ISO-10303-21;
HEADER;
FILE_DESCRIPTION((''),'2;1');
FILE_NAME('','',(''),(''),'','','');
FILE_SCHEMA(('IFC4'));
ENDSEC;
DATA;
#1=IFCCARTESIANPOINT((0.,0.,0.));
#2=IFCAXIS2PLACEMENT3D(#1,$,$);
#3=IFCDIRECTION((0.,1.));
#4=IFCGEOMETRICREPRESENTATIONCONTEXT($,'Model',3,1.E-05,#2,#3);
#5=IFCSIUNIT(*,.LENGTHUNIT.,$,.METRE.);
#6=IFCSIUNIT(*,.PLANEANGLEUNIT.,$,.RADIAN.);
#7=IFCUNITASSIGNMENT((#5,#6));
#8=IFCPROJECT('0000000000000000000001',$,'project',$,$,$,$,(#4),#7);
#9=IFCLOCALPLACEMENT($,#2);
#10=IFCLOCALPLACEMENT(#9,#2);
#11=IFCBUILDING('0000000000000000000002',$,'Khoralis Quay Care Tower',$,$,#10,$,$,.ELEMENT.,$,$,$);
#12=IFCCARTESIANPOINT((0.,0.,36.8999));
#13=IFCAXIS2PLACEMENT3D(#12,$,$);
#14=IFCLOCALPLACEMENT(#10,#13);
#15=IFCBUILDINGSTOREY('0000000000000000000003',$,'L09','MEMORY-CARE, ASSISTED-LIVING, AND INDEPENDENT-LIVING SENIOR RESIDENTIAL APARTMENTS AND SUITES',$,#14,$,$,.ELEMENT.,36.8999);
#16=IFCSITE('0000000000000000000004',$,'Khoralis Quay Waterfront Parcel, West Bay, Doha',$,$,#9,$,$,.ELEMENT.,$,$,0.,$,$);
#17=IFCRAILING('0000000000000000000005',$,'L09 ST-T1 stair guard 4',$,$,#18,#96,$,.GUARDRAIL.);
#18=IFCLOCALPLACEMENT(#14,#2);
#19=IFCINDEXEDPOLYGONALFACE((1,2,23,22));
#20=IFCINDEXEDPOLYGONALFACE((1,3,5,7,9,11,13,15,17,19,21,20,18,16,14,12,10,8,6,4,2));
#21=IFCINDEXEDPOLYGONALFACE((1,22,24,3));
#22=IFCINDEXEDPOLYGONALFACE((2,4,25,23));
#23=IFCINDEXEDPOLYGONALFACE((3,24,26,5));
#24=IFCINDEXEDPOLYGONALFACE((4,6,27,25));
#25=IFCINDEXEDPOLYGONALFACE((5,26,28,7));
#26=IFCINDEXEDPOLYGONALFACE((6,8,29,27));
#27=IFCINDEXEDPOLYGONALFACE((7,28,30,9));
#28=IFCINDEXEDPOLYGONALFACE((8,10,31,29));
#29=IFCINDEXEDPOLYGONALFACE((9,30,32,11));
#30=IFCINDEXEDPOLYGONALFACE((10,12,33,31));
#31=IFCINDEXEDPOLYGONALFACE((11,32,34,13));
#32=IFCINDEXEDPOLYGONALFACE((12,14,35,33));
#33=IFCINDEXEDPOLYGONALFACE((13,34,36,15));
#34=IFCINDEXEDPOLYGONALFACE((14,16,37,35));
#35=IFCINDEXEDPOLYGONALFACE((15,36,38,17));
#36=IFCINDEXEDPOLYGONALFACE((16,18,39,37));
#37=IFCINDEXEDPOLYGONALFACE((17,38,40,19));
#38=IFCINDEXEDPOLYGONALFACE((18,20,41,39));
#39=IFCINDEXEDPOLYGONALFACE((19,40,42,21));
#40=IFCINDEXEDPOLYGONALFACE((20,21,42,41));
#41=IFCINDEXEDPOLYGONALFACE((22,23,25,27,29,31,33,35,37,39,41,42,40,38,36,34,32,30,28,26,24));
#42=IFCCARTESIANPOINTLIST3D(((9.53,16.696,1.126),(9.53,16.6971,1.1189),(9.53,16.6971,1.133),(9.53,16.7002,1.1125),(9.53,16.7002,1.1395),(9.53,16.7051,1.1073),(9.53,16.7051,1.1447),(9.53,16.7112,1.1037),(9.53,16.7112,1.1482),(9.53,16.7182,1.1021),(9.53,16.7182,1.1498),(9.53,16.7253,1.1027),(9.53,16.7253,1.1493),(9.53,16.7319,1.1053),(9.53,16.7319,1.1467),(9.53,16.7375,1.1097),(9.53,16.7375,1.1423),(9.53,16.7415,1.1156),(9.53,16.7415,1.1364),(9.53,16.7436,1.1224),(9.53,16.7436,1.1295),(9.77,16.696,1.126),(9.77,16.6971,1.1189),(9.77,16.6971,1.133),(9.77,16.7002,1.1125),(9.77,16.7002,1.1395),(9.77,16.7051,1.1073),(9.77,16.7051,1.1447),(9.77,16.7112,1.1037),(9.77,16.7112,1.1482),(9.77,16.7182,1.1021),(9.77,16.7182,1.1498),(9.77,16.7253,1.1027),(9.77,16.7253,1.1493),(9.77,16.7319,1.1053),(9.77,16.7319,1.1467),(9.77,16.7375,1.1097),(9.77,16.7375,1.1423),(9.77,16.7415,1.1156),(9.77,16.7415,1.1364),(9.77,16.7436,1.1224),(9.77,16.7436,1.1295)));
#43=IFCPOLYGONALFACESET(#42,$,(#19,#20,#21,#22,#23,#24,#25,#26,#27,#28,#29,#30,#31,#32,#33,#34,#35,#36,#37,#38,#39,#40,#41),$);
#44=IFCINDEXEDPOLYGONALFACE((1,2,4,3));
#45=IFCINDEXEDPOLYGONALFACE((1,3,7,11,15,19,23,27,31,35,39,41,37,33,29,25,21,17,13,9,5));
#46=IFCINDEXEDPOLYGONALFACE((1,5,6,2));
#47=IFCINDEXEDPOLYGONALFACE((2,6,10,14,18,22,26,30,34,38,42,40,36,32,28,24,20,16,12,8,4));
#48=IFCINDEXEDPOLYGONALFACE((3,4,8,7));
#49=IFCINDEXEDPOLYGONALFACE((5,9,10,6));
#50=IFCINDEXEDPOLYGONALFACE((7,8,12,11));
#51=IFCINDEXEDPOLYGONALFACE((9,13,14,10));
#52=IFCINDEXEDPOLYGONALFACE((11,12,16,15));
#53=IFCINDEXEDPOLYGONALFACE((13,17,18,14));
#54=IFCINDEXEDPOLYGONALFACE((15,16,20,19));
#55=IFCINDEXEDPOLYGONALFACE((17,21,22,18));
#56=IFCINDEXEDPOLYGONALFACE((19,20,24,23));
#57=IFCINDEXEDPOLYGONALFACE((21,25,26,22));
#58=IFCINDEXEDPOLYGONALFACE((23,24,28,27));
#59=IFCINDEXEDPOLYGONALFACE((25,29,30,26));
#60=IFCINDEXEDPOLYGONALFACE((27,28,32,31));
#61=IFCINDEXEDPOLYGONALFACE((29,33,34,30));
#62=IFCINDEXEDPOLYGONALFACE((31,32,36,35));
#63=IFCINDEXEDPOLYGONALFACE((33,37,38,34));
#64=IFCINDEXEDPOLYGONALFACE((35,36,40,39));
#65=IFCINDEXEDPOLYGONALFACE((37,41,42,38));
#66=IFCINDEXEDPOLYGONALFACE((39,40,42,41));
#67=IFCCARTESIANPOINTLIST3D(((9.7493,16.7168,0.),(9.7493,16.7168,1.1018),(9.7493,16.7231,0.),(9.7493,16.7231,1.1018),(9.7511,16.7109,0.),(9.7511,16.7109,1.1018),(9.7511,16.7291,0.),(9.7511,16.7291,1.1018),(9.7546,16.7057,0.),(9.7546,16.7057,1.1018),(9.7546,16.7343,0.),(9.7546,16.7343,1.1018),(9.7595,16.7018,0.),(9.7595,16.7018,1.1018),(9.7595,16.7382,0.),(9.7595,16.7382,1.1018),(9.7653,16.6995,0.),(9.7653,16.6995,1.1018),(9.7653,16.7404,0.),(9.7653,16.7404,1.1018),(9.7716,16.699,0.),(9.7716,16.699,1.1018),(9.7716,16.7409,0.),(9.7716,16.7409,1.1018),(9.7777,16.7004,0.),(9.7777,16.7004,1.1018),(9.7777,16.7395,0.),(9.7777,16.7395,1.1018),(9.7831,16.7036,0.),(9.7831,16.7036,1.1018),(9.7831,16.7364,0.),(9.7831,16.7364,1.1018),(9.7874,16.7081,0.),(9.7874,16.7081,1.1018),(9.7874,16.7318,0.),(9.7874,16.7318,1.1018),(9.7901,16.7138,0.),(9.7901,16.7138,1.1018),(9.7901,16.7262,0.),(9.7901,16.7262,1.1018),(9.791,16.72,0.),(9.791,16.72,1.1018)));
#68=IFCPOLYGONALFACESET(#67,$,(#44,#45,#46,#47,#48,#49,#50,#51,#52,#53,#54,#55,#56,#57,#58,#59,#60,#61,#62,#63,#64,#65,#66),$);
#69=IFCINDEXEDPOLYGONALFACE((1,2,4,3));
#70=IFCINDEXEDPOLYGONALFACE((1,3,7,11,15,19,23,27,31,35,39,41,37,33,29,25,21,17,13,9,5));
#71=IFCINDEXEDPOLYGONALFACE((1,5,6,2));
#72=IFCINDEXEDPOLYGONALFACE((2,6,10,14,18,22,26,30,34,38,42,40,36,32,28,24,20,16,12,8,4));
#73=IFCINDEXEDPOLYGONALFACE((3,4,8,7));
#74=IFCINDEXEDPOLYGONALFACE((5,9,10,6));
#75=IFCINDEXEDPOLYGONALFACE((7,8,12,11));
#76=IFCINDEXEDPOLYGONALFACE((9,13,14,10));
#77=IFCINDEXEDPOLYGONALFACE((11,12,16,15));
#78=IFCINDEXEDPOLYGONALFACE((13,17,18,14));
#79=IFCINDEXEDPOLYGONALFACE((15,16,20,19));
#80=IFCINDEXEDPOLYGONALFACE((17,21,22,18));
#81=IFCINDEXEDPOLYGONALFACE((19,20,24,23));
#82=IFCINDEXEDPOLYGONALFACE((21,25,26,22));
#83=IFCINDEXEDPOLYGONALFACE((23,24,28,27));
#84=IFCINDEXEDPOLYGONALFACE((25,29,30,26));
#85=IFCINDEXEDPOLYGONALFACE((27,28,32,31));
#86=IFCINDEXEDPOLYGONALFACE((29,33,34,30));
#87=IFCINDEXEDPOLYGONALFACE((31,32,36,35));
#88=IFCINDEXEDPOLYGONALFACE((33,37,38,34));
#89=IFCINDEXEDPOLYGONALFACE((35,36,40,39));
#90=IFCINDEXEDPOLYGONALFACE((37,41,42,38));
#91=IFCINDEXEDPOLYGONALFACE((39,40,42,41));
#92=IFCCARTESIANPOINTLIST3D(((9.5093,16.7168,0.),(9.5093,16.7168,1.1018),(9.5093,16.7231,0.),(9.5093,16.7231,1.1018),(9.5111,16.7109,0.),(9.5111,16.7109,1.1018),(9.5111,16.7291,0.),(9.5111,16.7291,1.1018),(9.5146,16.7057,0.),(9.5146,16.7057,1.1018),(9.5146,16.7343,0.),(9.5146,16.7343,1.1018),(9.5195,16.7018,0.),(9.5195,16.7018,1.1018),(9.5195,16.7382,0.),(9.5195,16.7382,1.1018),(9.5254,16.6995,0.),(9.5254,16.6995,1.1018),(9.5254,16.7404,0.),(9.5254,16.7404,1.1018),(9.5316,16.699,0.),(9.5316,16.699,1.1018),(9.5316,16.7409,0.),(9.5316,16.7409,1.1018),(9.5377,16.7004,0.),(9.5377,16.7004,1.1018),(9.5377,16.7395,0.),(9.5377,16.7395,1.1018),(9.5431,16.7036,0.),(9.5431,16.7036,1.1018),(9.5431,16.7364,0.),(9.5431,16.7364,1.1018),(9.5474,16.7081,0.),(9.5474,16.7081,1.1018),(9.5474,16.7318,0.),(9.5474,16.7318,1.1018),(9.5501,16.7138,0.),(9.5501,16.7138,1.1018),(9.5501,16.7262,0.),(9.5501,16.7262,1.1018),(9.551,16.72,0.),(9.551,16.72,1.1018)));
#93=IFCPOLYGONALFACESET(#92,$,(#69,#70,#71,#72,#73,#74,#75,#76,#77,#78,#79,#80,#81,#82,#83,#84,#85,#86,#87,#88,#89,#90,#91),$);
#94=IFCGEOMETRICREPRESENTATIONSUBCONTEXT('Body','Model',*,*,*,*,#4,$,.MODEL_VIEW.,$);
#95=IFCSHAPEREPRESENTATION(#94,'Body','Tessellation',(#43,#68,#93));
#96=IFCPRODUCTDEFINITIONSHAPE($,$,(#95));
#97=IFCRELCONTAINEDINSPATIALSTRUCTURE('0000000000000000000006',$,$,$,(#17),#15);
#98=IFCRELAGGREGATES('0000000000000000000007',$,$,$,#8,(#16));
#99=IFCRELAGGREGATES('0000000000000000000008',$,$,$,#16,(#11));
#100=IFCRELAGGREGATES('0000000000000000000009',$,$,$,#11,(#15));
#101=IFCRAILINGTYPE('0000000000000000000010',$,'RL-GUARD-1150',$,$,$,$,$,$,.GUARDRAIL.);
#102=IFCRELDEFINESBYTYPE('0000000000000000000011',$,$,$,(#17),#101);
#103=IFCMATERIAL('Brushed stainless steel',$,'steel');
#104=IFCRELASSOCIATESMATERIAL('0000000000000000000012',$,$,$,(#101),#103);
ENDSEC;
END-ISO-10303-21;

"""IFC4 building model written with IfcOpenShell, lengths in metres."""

from ifc_helpers import new_model, si_unit, direction, frame, origin, origin_2d, place, context, subcontext, project, spatial, circle, extrude, material, type_object, element, save


model = new_model("IFC4")

# Units and contexts
model_context = context("Model", 3, precision=1e-05, world=origin(), true_north=direction((0.0, 1.0)))
body_context = subcontext(model_context, "Body", "Model", "MODEL_VIEW")
ifc_project = project(units=[si_unit("LENGTHUNIT", "METRE"), si_unit("PLANEANGLEUNIT", "RADIAN")], contexts=[model_context])

# Site, building, storey
site_placement = place(None, origin())
site = spatial("IfcSite", under=ifc_project, at=site_placement, Name="Khoralis Quay Waterfront Parcel, West Bay, Doha", CompositionType="ELEMENT", RefElevation=0.0)
building_placement = place(site_placement, origin())
building = spatial("IfcBuilding", under=site, at=building_placement, Name="Khoralis Quay Care Tower", CompositionType="ELEMENT")
storey_placement = place(building_placement, frame((0.0, 0.0, 36.8999)))
storey = spatial("IfcBuildingStorey", under=building, at=storey_placement, Name="L09", Description="MEMORY-CARE, ASSISTED-LIVING, AND INDEPENDENT-LIVING SENIOR RESIDENTIAL APARTMENTS AND SUITES", CompositionType="ELEMENT", Elevation=36.8999)

# Shared definitions
ifc_material_1 = material(Name="Brushed stainless steel", Category="steel")

# Railing
railing_type_1 = type_object("IfcRailingType", Name="RL-GUARD-1150", PredefinedType="GUARDRAIL", material=ifc_material_1)
railing_1_placement = place(storey_placement, frame((9.77, 16.72, 0.0)))
element("IfcRailing", 1, at=railing_1_placement, inside=storey, type_object=railing_type_1, Name="L09 ST-T1 stair guard 4", PredefinedType="GUARDRAIL", context=body_context, shape_type="SweptSolid", body=[
    extrude(circle(Radius=0.0239, at=origin_2d()), frame((0.0, 0.0, 1.126), z_axis=(-1.0, 0.0, 0.0), x_axis=(0.0, -1.0, 0.0)), (0.0, 0.0, 1.0), 0.24),
    extrude(circle(Radius=0.021, at=origin_2d()), origin(), (0.0, 0.0, 1.0), 1.1018),
    extrude(circle(Radius=0.021, at=origin_2d()), frame((-0.24, 0.0, 0.0)), (0.0, 0.0, 1.0), 1.1018),
])

save(model, "model.ifc")
